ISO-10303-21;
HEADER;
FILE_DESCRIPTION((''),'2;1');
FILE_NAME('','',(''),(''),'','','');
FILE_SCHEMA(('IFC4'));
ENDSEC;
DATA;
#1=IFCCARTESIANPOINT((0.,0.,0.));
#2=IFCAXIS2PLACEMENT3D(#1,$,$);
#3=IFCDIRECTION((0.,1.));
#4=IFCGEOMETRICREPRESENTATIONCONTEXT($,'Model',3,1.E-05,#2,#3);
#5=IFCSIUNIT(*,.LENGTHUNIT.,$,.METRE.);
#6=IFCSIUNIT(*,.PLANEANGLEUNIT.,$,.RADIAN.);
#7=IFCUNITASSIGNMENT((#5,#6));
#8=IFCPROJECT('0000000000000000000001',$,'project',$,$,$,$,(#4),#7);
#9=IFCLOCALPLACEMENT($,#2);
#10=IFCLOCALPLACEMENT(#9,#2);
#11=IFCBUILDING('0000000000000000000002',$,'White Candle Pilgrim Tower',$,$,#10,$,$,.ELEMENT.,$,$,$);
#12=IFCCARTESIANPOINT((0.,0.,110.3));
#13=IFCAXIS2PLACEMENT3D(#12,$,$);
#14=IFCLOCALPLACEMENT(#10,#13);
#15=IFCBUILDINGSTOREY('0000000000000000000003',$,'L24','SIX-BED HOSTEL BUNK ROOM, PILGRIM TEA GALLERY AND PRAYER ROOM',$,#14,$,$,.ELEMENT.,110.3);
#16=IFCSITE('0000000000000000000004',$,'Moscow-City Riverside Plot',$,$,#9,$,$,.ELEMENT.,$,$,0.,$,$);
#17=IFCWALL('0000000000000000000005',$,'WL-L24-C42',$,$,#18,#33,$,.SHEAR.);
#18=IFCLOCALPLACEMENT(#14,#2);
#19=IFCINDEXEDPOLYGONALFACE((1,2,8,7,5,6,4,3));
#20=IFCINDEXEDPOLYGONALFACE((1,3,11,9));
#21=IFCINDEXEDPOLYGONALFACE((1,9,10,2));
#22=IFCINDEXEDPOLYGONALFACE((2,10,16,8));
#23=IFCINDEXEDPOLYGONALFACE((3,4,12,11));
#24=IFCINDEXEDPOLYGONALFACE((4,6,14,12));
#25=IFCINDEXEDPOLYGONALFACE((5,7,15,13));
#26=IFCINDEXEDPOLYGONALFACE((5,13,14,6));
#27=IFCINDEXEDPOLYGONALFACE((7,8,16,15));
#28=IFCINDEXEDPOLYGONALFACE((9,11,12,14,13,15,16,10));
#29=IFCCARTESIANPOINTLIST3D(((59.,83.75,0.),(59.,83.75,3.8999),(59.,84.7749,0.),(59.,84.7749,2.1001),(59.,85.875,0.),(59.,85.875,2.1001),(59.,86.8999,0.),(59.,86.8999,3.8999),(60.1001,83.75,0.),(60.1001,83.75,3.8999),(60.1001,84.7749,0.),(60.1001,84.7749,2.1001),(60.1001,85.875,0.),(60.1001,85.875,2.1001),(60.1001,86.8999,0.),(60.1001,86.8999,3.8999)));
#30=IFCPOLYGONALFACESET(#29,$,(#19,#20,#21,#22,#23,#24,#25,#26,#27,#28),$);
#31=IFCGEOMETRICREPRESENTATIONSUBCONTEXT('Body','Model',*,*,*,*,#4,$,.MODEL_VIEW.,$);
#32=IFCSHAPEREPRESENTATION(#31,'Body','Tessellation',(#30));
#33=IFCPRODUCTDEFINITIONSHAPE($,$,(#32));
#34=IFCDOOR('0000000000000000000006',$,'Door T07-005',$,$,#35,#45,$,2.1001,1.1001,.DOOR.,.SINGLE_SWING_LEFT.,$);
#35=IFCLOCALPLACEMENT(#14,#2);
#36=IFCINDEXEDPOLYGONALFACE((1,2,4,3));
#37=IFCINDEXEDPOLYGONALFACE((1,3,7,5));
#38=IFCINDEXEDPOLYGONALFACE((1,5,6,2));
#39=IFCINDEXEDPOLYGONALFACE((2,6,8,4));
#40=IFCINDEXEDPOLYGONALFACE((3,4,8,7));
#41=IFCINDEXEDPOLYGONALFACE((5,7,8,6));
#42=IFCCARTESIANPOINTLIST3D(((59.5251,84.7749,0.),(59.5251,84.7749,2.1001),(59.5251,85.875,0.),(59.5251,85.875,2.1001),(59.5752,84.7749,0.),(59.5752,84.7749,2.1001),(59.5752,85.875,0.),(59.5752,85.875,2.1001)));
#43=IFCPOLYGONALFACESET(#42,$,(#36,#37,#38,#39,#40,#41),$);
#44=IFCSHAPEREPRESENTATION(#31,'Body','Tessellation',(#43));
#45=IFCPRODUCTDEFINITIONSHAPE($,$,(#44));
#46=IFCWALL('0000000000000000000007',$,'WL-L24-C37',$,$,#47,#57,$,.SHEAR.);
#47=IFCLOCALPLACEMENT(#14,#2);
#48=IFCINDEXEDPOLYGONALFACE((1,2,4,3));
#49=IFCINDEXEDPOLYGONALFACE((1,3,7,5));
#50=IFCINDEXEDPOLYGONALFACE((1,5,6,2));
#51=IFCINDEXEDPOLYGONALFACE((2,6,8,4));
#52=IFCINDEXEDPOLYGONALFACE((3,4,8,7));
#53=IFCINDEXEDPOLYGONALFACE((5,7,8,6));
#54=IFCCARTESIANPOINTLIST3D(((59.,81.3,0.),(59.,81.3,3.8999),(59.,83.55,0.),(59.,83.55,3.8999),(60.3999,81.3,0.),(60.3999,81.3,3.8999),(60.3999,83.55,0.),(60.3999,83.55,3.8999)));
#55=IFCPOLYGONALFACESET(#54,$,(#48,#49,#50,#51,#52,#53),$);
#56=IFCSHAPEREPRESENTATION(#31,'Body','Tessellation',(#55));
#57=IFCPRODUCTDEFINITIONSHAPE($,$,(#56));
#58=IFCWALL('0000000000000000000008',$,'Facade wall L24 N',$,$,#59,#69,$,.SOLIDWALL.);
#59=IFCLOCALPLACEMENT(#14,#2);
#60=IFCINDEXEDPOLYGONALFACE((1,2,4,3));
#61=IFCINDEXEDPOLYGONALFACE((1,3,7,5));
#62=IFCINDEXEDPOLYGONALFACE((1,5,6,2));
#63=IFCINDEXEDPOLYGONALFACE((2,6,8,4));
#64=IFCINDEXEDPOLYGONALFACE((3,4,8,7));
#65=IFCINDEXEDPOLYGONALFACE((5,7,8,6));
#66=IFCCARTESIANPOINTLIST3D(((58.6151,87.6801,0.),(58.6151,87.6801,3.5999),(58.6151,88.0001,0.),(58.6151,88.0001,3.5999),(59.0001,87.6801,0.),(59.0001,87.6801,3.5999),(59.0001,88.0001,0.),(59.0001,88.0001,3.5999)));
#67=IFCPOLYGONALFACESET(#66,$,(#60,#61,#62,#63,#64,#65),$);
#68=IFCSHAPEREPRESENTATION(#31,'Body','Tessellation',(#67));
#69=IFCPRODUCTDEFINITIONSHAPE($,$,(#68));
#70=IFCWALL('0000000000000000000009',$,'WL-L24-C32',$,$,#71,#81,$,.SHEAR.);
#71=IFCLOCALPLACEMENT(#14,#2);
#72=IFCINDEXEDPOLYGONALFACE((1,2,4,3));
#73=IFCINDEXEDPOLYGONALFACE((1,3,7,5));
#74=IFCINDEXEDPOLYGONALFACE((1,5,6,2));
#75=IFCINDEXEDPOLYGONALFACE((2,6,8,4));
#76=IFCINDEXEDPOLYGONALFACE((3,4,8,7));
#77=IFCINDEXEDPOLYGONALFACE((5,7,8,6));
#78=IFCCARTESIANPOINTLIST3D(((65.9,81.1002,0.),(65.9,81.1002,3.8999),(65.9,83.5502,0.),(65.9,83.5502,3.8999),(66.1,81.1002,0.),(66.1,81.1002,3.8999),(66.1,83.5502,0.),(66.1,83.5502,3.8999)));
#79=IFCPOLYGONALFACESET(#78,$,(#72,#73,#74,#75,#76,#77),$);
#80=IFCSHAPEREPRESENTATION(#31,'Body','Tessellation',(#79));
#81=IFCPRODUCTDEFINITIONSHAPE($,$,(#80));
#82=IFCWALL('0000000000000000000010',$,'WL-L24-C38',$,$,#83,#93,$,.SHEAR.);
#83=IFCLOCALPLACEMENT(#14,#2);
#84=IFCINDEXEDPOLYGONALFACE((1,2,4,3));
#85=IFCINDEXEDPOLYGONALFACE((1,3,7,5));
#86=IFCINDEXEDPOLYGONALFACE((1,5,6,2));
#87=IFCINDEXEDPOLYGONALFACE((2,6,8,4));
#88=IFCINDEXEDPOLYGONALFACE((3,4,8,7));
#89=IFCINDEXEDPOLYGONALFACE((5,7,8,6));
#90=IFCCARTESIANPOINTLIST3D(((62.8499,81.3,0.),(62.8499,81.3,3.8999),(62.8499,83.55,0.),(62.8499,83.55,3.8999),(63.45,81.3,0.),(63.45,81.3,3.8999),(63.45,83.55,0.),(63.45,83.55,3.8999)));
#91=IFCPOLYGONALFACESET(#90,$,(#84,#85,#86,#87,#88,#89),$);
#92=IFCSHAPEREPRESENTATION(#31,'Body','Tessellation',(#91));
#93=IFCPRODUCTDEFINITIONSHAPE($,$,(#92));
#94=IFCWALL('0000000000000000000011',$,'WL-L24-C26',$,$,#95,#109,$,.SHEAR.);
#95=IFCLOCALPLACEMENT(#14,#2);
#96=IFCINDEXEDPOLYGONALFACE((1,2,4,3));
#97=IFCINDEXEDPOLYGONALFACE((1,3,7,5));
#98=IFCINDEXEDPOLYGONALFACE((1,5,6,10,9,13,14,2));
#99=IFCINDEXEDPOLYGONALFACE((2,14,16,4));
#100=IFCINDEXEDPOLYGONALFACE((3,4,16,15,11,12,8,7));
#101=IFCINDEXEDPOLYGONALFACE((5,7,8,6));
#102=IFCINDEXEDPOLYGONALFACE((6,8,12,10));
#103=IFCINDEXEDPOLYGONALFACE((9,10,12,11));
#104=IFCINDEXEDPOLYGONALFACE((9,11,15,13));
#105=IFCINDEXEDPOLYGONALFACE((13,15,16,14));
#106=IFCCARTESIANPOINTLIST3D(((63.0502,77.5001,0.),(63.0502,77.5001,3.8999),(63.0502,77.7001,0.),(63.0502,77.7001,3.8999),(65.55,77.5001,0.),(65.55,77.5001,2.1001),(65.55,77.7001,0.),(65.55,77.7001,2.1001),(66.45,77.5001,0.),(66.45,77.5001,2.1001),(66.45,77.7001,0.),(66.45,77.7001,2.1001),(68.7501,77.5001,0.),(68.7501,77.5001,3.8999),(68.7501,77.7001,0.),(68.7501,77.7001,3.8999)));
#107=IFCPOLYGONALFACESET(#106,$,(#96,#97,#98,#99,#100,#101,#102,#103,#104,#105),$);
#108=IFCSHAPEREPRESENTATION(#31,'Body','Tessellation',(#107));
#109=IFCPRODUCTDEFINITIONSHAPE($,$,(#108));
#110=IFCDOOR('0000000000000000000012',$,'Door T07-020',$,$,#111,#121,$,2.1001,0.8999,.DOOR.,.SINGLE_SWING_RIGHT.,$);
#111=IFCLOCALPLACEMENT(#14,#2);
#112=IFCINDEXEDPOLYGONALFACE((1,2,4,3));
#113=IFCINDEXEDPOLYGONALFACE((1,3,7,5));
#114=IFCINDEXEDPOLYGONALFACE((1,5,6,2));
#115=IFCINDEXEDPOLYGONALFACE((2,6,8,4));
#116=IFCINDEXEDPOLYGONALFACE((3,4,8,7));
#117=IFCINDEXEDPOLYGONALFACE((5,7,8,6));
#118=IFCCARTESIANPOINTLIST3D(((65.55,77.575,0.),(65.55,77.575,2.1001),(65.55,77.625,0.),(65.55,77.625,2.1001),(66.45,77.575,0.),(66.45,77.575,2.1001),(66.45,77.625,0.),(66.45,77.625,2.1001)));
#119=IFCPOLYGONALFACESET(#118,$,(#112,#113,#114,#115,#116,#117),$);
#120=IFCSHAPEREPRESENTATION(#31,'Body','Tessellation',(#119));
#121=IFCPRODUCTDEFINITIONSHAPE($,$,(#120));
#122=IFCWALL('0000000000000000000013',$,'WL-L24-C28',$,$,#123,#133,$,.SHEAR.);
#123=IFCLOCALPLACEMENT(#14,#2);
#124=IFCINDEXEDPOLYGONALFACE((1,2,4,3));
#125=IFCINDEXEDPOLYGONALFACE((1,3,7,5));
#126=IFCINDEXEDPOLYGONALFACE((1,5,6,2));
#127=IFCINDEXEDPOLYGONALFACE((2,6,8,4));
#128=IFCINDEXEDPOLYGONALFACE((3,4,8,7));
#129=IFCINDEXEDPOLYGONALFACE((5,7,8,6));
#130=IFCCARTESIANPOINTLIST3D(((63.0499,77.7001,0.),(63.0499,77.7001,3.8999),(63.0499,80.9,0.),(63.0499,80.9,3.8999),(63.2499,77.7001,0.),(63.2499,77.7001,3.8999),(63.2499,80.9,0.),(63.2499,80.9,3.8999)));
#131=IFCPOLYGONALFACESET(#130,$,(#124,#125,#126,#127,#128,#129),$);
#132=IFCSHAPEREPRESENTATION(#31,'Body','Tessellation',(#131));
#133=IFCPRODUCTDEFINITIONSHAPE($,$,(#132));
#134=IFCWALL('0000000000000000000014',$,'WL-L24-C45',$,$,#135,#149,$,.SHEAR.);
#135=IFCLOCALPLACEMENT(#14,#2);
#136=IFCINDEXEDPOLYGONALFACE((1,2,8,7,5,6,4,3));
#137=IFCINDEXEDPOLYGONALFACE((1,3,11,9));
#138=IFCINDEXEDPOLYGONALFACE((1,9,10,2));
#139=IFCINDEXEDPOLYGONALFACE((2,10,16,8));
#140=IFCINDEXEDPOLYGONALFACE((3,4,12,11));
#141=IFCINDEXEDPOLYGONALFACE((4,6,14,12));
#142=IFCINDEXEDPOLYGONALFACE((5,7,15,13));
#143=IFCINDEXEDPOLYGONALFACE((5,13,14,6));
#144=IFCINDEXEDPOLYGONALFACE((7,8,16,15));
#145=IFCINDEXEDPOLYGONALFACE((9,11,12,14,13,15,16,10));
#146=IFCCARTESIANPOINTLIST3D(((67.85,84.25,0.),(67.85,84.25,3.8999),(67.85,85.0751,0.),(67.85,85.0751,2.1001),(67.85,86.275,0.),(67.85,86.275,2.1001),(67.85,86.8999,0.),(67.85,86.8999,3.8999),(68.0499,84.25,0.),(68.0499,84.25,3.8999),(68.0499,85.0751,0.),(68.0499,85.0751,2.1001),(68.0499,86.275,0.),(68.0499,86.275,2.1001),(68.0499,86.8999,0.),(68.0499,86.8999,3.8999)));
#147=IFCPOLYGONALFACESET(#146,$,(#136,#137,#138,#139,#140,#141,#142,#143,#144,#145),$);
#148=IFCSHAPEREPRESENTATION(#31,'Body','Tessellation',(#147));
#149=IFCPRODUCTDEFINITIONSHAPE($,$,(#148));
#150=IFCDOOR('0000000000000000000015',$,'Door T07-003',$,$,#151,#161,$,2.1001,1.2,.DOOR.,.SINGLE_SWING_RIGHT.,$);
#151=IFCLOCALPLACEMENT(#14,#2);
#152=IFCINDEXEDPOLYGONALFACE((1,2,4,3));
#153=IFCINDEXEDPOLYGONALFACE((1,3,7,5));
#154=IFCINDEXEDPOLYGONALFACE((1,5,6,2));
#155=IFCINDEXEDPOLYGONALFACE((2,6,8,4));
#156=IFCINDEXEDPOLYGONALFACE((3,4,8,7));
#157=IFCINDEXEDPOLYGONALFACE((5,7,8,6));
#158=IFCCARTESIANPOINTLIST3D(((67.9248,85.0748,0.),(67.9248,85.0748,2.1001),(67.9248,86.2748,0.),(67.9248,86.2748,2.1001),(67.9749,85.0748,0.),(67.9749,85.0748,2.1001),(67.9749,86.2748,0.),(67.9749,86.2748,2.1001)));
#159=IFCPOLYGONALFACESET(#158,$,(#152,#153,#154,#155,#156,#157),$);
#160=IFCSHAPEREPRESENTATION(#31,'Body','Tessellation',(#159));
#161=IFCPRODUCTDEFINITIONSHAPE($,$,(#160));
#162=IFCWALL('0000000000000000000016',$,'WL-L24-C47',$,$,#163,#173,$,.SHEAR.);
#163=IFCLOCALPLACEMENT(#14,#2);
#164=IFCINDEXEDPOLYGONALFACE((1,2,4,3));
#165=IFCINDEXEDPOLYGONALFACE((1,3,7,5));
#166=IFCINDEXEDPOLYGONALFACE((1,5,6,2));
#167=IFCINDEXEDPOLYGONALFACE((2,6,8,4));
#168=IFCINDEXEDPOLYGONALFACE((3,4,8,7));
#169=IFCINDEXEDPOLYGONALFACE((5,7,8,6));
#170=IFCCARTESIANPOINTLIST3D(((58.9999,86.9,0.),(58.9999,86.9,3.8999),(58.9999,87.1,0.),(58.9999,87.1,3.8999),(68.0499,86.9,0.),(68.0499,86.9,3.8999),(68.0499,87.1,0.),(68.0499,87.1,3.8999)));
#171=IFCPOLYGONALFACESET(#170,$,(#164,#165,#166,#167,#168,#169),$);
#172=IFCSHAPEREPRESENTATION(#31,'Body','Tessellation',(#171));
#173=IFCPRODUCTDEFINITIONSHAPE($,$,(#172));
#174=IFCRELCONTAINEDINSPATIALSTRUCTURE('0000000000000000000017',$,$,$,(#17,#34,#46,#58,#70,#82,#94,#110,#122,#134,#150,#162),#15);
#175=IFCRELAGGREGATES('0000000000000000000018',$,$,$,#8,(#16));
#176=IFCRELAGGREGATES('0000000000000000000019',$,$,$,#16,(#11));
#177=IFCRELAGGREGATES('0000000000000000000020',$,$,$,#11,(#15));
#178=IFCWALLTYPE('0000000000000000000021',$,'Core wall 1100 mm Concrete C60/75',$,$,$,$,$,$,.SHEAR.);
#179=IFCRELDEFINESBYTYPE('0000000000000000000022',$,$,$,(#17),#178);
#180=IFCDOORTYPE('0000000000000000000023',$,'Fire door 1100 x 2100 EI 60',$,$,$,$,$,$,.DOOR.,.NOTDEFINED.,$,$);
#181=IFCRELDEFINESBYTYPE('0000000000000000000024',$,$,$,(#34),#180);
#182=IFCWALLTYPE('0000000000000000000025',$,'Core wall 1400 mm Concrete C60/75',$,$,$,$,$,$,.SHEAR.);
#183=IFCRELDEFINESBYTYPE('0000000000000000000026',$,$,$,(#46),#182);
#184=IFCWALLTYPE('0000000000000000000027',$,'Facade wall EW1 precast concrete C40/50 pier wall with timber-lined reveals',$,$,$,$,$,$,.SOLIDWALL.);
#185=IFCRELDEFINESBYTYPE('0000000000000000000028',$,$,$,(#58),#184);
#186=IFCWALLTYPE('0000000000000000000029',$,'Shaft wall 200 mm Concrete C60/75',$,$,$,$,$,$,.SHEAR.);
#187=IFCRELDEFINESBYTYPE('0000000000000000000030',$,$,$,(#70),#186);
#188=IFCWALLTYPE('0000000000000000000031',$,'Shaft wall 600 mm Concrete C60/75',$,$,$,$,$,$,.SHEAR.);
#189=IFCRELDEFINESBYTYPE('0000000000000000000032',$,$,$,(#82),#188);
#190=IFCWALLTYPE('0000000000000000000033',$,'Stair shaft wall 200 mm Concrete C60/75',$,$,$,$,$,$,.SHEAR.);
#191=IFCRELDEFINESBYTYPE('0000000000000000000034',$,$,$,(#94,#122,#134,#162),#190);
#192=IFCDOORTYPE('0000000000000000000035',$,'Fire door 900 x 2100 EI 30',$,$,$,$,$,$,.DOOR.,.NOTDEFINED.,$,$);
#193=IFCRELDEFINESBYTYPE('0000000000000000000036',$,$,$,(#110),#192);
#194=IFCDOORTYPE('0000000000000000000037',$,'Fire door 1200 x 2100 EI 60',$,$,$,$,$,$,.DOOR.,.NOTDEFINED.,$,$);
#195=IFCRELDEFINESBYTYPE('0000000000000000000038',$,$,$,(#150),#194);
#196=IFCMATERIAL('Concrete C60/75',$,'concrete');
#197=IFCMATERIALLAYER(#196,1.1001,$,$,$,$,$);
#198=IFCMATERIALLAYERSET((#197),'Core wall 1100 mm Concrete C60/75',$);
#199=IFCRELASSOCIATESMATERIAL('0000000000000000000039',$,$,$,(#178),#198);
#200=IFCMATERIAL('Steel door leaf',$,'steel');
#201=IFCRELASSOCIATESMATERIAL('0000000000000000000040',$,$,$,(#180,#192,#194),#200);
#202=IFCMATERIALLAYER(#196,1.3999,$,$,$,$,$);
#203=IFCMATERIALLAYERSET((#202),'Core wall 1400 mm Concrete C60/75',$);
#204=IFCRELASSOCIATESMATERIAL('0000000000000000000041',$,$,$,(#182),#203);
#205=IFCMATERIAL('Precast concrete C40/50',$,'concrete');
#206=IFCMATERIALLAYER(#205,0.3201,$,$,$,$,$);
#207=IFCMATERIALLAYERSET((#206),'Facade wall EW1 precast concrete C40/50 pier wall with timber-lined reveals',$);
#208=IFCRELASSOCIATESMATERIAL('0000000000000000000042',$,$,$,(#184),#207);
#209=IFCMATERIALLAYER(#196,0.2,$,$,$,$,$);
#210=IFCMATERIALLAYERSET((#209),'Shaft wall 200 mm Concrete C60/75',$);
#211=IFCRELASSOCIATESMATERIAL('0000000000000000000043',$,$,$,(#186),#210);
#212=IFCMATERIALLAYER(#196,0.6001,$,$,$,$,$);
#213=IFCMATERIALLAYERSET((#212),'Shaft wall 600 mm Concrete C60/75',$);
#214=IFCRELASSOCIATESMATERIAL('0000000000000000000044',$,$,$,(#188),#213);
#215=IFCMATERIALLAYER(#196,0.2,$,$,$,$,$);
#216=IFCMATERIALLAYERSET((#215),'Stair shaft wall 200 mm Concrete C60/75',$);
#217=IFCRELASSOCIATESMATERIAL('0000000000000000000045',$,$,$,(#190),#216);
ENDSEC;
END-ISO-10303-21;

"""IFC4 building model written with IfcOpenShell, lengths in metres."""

from ifc_helpers import new_model, si_unit, direction, frame, frame_2d, origin, place, context, subcontext, project, spatial, rectangle, extrude, material, layer, layer_set, type_object, element, fill, save


model = new_model("IFC4")

# Units and contexts
model_context = context("Model", 3, precision=1e-05, world=origin(), true_north=direction((0.0, 1.0)))
body_context = subcontext(model_context, "Body", "Model", "MODEL_VIEW")
ifc_project = project(units=[si_unit("LENGTHUNIT", "METRE"), si_unit("PLANEANGLEUNIT", "RADIAN")], contexts=[model_context])

# Site, building, storey
site_placement = place(None, origin())
site = spatial("IfcSite", under=ifc_project, at=site_placement, Name="Moscow-City Riverside Plot", CompositionType="ELEMENT", RefElevation=0.0)
building_placement = place(site_placement, origin())
building = spatial("IfcBuilding", under=site, at=building_placement, Name="White Candle Pilgrim Tower", CompositionType="ELEMENT")
storey_placement = place(building_placement, frame((0.0, 0.0, 110.3)))
storey = spatial("IfcBuildingStorey", under=building, at=storey_placement, Name="L24", Description="SIX-BED HOSTEL BUNK ROOM, PILGRIM TEA GALLERY AND PRAYER ROOM", CompositionType="ELEMENT", Elevation=110.3)

# Wall, opening, door
ifc_material_1 = material(Name="Concrete C60/75", Category="concrete")
ifc_layer_1 = layer(ifc_material_1, 1.1001)
ifc_layer_set_1 = layer_set([ifc_layer_1], Name="Core wall 1100 mm Concrete C60/75")
wall_type_1 = type_object("IfcWallType", Name="Core wall 1100 mm Concrete C60/75", PredefinedType="SHEAR", material=ifc_layer_set_1)
wall_1_placement = place(storey_placement, frame((59.55, 83.75, 0.0), z_axis=(0.0, 0.0, 1.0), x_axis=(0.0, 1.0, 0.0)))
wall_1 = element("IfcWall", 1, at=wall_1_placement, inside=storey, type_object=wall_type_1, Name="WL-L24-C42", PredefinedType="SHEAR", context=body_context, shape_type="SweptSolid", body=[
    extrude(rectangle(XDim=3.1499, YDim=1.1001, at=frame_2d((1.575, 0.0))), origin(), (0.0, 0.0, 1.0), 3.8999),
])
opening_1_placement = place(wall_1_placement, frame((1.0249, 0.0, 0.0)))
opening_1 = element("IfcOpeningElement", 2, at=opening_1_placement, cuts=wall_1, PredefinedType="OPENING", context=body_context, shape_type="SweptSolid", body=[
    extrude(rectangle(XDim=1.1001, YDim=2.1001, at=frame_2d((0.55, 1.05))), frame((0.0, 0.5601, 0.0), z_axis=(0.0, -1.0, 0.0), x_axis=(1.0, 0.0, 0.0)), (0.0, 0.0, 1.0), 1.1201),
])
ifc_material_2 = material(Name="Steel door leaf", Category="steel")
door_type_1 = type_object("IfcDoorType", Name="Fire door 1100 x 2100 EI 60", OperationType="NOTDEFINED", PredefinedType="DOOR", material=ifc_material_2)
door_1_placement = place(opening_1_placement, origin())
door_1 = element("IfcDoor", 3, at=door_1_placement, inside=storey, type_object=door_type_1, Name="Door T07-005", OperationType="SINGLE_SWING_LEFT", OverallHeight=2.1001, OverallWidth=1.1001, PredefinedType="DOOR", context=body_context, shape_type="SweptSolid", body=[
    extrude(rectangle(XDim=1.1001, YDim=2.1001, at=frame_2d((0.55, 1.05))), frame((0.0, 0.0249, 0.0), z_axis=(0.0, -1.0, 0.0), x_axis=(1.0, 0.0, 0.0)), (0.0, 0.0, 1.0), 0.05),
])
fill(opening_1, door_1)

# Walls
ifc_layer_2 = layer(ifc_material_1, 1.3999)
ifc_layer_set_2 = layer_set([ifc_layer_2], Name="Core wall 1400 mm Concrete C60/75")
wall_type_2 = type_object("IfcWallType", Name="Core wall 1400 mm Concrete C60/75", PredefinedType="SHEAR", material=ifc_layer_set_2)
wall_2_placement = place(storey_placement, frame((59.7, 81.3, 0.0), z_axis=(0.0, 0.0, 1.0), x_axis=(0.0, 1.0, 0.0)))
element("IfcWall", 4, at=wall_2_placement, inside=storey, type_object=wall_type_2, Name="WL-L24-C37", PredefinedType="SHEAR", context=body_context, shape_type="SweptSolid", body=[
    extrude(rectangle(XDim=2.25, YDim=1.3999, at=frame_2d((1.125, 0.0))), origin(), (0.0, 0.0, 1.0), 3.8999),
])
ifc_material_3 = material(Name="Precast concrete C40/50", Category="concrete")
ifc_layer_3 = layer(ifc_material_3, 0.3201)
ifc_layer_set_3 = layer_set([ifc_layer_3], Name="Facade wall EW1 precast concrete C40/50 pier wall with timber-lined reveals")
wall_type_3 = type_object("IfcWallType", Name="Facade wall EW1 precast concrete C40/50 pier wall with timber-lined reveals", PredefinedType="SOLIDWALL", material=ifc_layer_set_3)
wall_3_placement = place(storey_placement, frame((59.0, 87.8401, 0.0), z_axis=(0.0, 0.0, 1.0), x_axis=(-1.0, 0.0, 0.0)))
element("IfcWall", 5, at=wall_3_placement, inside=storey, type_object=wall_type_3, Name="Facade wall L24 N", PredefinedType="SOLIDWALL", context=body_context, shape_type="SweptSolid", body=[
    extrude(rectangle(XDim=0.385, YDim=0.3201, at=frame_2d((0.1924, 0.0))), origin(), (0.0, 0.0, 1.0), 3.5999),
])
ifc_layer_4 = layer(ifc_material_1, 0.2)
ifc_layer_set_4 = layer_set([ifc_layer_4], Name="Shaft wall 200 mm Concrete C60/75")
wall_type_4 = type_object("IfcWallType", Name="Shaft wall 200 mm Concrete C60/75", PredefinedType="SHEAR", material=ifc_layer_set_4)
wall_4_placement = place(storey_placement, frame((66.0, 81.1001, 0.0), z_axis=(0.0, 0.0, 1.0), x_axis=(0.0, 1.0, 0.0)))
element("IfcWall", 6, at=wall_4_placement, inside=storey, type_object=wall_type_4, Name="WL-L24-C32", PredefinedType="SHEAR", context=body_context, shape_type="SweptSolid", body=[
    extrude(rectangle(XDim=2.45, YDim=0.2, at=frame_2d((1.2251, 0.0))), origin(), (0.0, 0.0, 1.0), 3.8999),
])
ifc_layer_5 = layer(ifc_material_1, 0.6001)
ifc_layer_set_5 = layer_set([ifc_layer_5], Name="Shaft wall 600 mm Concrete C60/75")
wall_type_5 = type_object("IfcWallType", Name="Shaft wall 600 mm Concrete C60/75", PredefinedType="SHEAR", material=ifc_layer_set_5)
wall_5_placement = place(storey_placement, frame((63.1499, 81.3, 0.0), z_axis=(0.0, 0.0, 1.0), x_axis=(0.0, 1.0, 0.0)))
element("IfcWall", 7, at=wall_5_placement, inside=storey, type_object=wall_type_5, Name="WL-L24-C38", PredefinedType="SHEAR", context=body_context, shape_type="SweptSolid", body=[
    extrude(rectangle(XDim=2.25, YDim=0.6001, at=frame_2d((1.125, 0.0))), origin(), (0.0, 0.0, 1.0), 3.8999),
])

# Wall, opening, door
ifc_layer_6 = layer(ifc_material_1, 0.2)
ifc_layer_set_6 = layer_set([ifc_layer_6], Name="Stair shaft wall 200 mm Concrete C60/75")
wall_type_6 = type_object("IfcWallType", Name="Stair shaft wall 200 mm Concrete C60/75", PredefinedType="SHEAR", material=ifc_layer_set_6)
wall_6_placement = place(storey_placement, frame((63.05, 77.6001, 0.0), z_axis=(0.0, 0.0, 1.0), x_axis=(1.0, 0.0, 0.0)))
wall_6 = element("IfcWall", 8, at=wall_6_placement, inside=storey, type_object=wall_type_6, Name="WL-L24-C26", PredefinedType="SHEAR", context=body_context, shape_type="SweptSolid", body=[
    extrude(rectangle(XDim=5.7, YDim=0.2, at=frame_2d((2.8501, 0.0))), origin(), (0.0, 0.0, 1.0), 3.8999),
])
opening_2_placement = place(wall_6_placement, frame((2.5, 0.0, 0.0)))
opening_2 = element("IfcOpeningElement", 9, at=opening_2_placement, cuts=wall_6, PredefinedType="OPENING", context=body_context, shape_type="SweptSolid", body=[
    extrude(rectangle(XDim=0.8999, YDim=2.1001, at=frame_2d((0.45, 1.05))), frame((0.0, 0.1099, 0.0), z_axis=(0.0, -1.0, 0.0), x_axis=(1.0, 0.0, 0.0)), (0.0, 0.0, 1.0), 0.22),
])
door_type_2 = type_object("IfcDoorType", Name="Fire door 900 x 2100 EI 30", OperationType="NOTDEFINED", PredefinedType="DOOR", material=ifc_material_2)
door_2_placement = place(opening_2_placement, origin())
door_2 = element("IfcDoor", 10, at=door_2_placement, inside=storey, type_object=door_type_2, Name="Door T07-020", OperationType="SINGLE_SWING_RIGHT", OverallHeight=2.1001, OverallWidth=0.8999, PredefinedType="DOOR", context=body_context, shape_type="SweptSolid", body=[
    extrude(rectangle(XDim=0.8999, YDim=2.1001, at=frame_2d((0.45, 1.05))), frame((0.0, 0.0249, 0.0), z_axis=(0.0, -1.0, 0.0), x_axis=(1.0, 0.0, 0.0)), (0.0, 0.0, 1.0), 0.05),
])
fill(opening_2, door_2)

# Wall
wall_7_placement = place(storey_placement, frame((63.1499, 77.7, 0.0), z_axis=(0.0, 0.0, 1.0), x_axis=(0.0, 1.0, 0.0)))
element("IfcWall", 11, at=wall_7_placement, inside=storey, type_object=wall_type_6, Name="WL-L24-C28", PredefinedType="SHEAR", context=body_context, shape_type="SweptSolid", body=[
    extrude(rectangle(XDim=3.2, YDim=0.2, at=frame_2d((1.6001, 0.0))), origin(), (0.0, 0.0, 1.0), 3.8999),
])

# Wall, opening, door
wall_8_placement = place(storey_placement, frame((67.95, 84.25, 0.0), z_axis=(0.0, 0.0, 1.0), x_axis=(0.0, 1.0, 0.0)))
wall_8 = element("IfcWall", 12, at=wall_8_placement, inside=storey, type_object=wall_type_6, Name="WL-L24-C45", PredefinedType="SHEAR", context=body_context, shape_type="SweptSolid", body=[
    extrude(rectangle(XDim=2.6499, YDim=0.2, at=frame_2d((1.325, 0.0))), origin(), (0.0, 0.0, 1.0), 3.8999),
])
opening_3_placement = place(wall_8_placement, frame((0.825, 0.0, 0.0)))
opening_3 = element("IfcOpeningElement", 13, at=opening_3_placement, cuts=wall_8, PredefinedType="OPENING", context=body_context, shape_type="SweptSolid", body=[
    extrude(rectangle(XDim=1.2, YDim=2.1001, at=frame_2d((0.6001, 1.05))), frame((0.0, 0.1099, 0.0), z_axis=(0.0, -1.0, 0.0), x_axis=(1.0, 0.0, 0.0)), (0.0, 0.0, 1.0), 0.22),
])
door_type_3 = type_object("IfcDoorType", Name="Fire door 1200 x 2100 EI 60", OperationType="NOTDEFINED", PredefinedType="DOOR", material=ifc_material_2)
door_3_placement = place(opening_3_placement, frame((1.2, 0.0, 0.0), z_axis=(0.0, 0.0, 1.0), x_axis=(-1.0, 0.0, 0.0)))
door_3 = element("IfcDoor", 14, at=door_3_placement, inside=storey, type_object=door_type_3, Name="Door T07-003", OperationType="SINGLE_SWING_RIGHT", OverallHeight=2.1001, OverallWidth=1.2, PredefinedType="DOOR", context=body_context, shape_type="SweptSolid", body=[
    extrude(rectangle(XDim=1.2, YDim=2.1001, at=frame_2d((0.6001, 1.05))), frame((0.0, 0.0249, 0.0), z_axis=(0.0, -1.0, 0.0), x_axis=(1.0, 0.0, 0.0)), (0.0, 0.0, 1.0), 0.05),
])
fill(opening_3, door_3)

# Wall
wall_9_placement = place(storey_placement, frame((59.0, 87.0, 0.0), z_axis=(0.0, 0.0, 1.0), x_axis=(1.0, 0.0, 0.0)))
element("IfcWall", 15, at=wall_9_placement, inside=storey, type_object=wall_type_6, Name="WL-L24-C47", PredefinedType="SHEAR", context=body_context, shape_type="SweptSolid", body=[
    extrude(rectangle(XDim=9.05, YDim=0.2, at=frame_2d((4.5249, 0.0))), origin(), (0.0, 0.0, 1.0), 3.8999),
])

save(model, "model.ifc")
